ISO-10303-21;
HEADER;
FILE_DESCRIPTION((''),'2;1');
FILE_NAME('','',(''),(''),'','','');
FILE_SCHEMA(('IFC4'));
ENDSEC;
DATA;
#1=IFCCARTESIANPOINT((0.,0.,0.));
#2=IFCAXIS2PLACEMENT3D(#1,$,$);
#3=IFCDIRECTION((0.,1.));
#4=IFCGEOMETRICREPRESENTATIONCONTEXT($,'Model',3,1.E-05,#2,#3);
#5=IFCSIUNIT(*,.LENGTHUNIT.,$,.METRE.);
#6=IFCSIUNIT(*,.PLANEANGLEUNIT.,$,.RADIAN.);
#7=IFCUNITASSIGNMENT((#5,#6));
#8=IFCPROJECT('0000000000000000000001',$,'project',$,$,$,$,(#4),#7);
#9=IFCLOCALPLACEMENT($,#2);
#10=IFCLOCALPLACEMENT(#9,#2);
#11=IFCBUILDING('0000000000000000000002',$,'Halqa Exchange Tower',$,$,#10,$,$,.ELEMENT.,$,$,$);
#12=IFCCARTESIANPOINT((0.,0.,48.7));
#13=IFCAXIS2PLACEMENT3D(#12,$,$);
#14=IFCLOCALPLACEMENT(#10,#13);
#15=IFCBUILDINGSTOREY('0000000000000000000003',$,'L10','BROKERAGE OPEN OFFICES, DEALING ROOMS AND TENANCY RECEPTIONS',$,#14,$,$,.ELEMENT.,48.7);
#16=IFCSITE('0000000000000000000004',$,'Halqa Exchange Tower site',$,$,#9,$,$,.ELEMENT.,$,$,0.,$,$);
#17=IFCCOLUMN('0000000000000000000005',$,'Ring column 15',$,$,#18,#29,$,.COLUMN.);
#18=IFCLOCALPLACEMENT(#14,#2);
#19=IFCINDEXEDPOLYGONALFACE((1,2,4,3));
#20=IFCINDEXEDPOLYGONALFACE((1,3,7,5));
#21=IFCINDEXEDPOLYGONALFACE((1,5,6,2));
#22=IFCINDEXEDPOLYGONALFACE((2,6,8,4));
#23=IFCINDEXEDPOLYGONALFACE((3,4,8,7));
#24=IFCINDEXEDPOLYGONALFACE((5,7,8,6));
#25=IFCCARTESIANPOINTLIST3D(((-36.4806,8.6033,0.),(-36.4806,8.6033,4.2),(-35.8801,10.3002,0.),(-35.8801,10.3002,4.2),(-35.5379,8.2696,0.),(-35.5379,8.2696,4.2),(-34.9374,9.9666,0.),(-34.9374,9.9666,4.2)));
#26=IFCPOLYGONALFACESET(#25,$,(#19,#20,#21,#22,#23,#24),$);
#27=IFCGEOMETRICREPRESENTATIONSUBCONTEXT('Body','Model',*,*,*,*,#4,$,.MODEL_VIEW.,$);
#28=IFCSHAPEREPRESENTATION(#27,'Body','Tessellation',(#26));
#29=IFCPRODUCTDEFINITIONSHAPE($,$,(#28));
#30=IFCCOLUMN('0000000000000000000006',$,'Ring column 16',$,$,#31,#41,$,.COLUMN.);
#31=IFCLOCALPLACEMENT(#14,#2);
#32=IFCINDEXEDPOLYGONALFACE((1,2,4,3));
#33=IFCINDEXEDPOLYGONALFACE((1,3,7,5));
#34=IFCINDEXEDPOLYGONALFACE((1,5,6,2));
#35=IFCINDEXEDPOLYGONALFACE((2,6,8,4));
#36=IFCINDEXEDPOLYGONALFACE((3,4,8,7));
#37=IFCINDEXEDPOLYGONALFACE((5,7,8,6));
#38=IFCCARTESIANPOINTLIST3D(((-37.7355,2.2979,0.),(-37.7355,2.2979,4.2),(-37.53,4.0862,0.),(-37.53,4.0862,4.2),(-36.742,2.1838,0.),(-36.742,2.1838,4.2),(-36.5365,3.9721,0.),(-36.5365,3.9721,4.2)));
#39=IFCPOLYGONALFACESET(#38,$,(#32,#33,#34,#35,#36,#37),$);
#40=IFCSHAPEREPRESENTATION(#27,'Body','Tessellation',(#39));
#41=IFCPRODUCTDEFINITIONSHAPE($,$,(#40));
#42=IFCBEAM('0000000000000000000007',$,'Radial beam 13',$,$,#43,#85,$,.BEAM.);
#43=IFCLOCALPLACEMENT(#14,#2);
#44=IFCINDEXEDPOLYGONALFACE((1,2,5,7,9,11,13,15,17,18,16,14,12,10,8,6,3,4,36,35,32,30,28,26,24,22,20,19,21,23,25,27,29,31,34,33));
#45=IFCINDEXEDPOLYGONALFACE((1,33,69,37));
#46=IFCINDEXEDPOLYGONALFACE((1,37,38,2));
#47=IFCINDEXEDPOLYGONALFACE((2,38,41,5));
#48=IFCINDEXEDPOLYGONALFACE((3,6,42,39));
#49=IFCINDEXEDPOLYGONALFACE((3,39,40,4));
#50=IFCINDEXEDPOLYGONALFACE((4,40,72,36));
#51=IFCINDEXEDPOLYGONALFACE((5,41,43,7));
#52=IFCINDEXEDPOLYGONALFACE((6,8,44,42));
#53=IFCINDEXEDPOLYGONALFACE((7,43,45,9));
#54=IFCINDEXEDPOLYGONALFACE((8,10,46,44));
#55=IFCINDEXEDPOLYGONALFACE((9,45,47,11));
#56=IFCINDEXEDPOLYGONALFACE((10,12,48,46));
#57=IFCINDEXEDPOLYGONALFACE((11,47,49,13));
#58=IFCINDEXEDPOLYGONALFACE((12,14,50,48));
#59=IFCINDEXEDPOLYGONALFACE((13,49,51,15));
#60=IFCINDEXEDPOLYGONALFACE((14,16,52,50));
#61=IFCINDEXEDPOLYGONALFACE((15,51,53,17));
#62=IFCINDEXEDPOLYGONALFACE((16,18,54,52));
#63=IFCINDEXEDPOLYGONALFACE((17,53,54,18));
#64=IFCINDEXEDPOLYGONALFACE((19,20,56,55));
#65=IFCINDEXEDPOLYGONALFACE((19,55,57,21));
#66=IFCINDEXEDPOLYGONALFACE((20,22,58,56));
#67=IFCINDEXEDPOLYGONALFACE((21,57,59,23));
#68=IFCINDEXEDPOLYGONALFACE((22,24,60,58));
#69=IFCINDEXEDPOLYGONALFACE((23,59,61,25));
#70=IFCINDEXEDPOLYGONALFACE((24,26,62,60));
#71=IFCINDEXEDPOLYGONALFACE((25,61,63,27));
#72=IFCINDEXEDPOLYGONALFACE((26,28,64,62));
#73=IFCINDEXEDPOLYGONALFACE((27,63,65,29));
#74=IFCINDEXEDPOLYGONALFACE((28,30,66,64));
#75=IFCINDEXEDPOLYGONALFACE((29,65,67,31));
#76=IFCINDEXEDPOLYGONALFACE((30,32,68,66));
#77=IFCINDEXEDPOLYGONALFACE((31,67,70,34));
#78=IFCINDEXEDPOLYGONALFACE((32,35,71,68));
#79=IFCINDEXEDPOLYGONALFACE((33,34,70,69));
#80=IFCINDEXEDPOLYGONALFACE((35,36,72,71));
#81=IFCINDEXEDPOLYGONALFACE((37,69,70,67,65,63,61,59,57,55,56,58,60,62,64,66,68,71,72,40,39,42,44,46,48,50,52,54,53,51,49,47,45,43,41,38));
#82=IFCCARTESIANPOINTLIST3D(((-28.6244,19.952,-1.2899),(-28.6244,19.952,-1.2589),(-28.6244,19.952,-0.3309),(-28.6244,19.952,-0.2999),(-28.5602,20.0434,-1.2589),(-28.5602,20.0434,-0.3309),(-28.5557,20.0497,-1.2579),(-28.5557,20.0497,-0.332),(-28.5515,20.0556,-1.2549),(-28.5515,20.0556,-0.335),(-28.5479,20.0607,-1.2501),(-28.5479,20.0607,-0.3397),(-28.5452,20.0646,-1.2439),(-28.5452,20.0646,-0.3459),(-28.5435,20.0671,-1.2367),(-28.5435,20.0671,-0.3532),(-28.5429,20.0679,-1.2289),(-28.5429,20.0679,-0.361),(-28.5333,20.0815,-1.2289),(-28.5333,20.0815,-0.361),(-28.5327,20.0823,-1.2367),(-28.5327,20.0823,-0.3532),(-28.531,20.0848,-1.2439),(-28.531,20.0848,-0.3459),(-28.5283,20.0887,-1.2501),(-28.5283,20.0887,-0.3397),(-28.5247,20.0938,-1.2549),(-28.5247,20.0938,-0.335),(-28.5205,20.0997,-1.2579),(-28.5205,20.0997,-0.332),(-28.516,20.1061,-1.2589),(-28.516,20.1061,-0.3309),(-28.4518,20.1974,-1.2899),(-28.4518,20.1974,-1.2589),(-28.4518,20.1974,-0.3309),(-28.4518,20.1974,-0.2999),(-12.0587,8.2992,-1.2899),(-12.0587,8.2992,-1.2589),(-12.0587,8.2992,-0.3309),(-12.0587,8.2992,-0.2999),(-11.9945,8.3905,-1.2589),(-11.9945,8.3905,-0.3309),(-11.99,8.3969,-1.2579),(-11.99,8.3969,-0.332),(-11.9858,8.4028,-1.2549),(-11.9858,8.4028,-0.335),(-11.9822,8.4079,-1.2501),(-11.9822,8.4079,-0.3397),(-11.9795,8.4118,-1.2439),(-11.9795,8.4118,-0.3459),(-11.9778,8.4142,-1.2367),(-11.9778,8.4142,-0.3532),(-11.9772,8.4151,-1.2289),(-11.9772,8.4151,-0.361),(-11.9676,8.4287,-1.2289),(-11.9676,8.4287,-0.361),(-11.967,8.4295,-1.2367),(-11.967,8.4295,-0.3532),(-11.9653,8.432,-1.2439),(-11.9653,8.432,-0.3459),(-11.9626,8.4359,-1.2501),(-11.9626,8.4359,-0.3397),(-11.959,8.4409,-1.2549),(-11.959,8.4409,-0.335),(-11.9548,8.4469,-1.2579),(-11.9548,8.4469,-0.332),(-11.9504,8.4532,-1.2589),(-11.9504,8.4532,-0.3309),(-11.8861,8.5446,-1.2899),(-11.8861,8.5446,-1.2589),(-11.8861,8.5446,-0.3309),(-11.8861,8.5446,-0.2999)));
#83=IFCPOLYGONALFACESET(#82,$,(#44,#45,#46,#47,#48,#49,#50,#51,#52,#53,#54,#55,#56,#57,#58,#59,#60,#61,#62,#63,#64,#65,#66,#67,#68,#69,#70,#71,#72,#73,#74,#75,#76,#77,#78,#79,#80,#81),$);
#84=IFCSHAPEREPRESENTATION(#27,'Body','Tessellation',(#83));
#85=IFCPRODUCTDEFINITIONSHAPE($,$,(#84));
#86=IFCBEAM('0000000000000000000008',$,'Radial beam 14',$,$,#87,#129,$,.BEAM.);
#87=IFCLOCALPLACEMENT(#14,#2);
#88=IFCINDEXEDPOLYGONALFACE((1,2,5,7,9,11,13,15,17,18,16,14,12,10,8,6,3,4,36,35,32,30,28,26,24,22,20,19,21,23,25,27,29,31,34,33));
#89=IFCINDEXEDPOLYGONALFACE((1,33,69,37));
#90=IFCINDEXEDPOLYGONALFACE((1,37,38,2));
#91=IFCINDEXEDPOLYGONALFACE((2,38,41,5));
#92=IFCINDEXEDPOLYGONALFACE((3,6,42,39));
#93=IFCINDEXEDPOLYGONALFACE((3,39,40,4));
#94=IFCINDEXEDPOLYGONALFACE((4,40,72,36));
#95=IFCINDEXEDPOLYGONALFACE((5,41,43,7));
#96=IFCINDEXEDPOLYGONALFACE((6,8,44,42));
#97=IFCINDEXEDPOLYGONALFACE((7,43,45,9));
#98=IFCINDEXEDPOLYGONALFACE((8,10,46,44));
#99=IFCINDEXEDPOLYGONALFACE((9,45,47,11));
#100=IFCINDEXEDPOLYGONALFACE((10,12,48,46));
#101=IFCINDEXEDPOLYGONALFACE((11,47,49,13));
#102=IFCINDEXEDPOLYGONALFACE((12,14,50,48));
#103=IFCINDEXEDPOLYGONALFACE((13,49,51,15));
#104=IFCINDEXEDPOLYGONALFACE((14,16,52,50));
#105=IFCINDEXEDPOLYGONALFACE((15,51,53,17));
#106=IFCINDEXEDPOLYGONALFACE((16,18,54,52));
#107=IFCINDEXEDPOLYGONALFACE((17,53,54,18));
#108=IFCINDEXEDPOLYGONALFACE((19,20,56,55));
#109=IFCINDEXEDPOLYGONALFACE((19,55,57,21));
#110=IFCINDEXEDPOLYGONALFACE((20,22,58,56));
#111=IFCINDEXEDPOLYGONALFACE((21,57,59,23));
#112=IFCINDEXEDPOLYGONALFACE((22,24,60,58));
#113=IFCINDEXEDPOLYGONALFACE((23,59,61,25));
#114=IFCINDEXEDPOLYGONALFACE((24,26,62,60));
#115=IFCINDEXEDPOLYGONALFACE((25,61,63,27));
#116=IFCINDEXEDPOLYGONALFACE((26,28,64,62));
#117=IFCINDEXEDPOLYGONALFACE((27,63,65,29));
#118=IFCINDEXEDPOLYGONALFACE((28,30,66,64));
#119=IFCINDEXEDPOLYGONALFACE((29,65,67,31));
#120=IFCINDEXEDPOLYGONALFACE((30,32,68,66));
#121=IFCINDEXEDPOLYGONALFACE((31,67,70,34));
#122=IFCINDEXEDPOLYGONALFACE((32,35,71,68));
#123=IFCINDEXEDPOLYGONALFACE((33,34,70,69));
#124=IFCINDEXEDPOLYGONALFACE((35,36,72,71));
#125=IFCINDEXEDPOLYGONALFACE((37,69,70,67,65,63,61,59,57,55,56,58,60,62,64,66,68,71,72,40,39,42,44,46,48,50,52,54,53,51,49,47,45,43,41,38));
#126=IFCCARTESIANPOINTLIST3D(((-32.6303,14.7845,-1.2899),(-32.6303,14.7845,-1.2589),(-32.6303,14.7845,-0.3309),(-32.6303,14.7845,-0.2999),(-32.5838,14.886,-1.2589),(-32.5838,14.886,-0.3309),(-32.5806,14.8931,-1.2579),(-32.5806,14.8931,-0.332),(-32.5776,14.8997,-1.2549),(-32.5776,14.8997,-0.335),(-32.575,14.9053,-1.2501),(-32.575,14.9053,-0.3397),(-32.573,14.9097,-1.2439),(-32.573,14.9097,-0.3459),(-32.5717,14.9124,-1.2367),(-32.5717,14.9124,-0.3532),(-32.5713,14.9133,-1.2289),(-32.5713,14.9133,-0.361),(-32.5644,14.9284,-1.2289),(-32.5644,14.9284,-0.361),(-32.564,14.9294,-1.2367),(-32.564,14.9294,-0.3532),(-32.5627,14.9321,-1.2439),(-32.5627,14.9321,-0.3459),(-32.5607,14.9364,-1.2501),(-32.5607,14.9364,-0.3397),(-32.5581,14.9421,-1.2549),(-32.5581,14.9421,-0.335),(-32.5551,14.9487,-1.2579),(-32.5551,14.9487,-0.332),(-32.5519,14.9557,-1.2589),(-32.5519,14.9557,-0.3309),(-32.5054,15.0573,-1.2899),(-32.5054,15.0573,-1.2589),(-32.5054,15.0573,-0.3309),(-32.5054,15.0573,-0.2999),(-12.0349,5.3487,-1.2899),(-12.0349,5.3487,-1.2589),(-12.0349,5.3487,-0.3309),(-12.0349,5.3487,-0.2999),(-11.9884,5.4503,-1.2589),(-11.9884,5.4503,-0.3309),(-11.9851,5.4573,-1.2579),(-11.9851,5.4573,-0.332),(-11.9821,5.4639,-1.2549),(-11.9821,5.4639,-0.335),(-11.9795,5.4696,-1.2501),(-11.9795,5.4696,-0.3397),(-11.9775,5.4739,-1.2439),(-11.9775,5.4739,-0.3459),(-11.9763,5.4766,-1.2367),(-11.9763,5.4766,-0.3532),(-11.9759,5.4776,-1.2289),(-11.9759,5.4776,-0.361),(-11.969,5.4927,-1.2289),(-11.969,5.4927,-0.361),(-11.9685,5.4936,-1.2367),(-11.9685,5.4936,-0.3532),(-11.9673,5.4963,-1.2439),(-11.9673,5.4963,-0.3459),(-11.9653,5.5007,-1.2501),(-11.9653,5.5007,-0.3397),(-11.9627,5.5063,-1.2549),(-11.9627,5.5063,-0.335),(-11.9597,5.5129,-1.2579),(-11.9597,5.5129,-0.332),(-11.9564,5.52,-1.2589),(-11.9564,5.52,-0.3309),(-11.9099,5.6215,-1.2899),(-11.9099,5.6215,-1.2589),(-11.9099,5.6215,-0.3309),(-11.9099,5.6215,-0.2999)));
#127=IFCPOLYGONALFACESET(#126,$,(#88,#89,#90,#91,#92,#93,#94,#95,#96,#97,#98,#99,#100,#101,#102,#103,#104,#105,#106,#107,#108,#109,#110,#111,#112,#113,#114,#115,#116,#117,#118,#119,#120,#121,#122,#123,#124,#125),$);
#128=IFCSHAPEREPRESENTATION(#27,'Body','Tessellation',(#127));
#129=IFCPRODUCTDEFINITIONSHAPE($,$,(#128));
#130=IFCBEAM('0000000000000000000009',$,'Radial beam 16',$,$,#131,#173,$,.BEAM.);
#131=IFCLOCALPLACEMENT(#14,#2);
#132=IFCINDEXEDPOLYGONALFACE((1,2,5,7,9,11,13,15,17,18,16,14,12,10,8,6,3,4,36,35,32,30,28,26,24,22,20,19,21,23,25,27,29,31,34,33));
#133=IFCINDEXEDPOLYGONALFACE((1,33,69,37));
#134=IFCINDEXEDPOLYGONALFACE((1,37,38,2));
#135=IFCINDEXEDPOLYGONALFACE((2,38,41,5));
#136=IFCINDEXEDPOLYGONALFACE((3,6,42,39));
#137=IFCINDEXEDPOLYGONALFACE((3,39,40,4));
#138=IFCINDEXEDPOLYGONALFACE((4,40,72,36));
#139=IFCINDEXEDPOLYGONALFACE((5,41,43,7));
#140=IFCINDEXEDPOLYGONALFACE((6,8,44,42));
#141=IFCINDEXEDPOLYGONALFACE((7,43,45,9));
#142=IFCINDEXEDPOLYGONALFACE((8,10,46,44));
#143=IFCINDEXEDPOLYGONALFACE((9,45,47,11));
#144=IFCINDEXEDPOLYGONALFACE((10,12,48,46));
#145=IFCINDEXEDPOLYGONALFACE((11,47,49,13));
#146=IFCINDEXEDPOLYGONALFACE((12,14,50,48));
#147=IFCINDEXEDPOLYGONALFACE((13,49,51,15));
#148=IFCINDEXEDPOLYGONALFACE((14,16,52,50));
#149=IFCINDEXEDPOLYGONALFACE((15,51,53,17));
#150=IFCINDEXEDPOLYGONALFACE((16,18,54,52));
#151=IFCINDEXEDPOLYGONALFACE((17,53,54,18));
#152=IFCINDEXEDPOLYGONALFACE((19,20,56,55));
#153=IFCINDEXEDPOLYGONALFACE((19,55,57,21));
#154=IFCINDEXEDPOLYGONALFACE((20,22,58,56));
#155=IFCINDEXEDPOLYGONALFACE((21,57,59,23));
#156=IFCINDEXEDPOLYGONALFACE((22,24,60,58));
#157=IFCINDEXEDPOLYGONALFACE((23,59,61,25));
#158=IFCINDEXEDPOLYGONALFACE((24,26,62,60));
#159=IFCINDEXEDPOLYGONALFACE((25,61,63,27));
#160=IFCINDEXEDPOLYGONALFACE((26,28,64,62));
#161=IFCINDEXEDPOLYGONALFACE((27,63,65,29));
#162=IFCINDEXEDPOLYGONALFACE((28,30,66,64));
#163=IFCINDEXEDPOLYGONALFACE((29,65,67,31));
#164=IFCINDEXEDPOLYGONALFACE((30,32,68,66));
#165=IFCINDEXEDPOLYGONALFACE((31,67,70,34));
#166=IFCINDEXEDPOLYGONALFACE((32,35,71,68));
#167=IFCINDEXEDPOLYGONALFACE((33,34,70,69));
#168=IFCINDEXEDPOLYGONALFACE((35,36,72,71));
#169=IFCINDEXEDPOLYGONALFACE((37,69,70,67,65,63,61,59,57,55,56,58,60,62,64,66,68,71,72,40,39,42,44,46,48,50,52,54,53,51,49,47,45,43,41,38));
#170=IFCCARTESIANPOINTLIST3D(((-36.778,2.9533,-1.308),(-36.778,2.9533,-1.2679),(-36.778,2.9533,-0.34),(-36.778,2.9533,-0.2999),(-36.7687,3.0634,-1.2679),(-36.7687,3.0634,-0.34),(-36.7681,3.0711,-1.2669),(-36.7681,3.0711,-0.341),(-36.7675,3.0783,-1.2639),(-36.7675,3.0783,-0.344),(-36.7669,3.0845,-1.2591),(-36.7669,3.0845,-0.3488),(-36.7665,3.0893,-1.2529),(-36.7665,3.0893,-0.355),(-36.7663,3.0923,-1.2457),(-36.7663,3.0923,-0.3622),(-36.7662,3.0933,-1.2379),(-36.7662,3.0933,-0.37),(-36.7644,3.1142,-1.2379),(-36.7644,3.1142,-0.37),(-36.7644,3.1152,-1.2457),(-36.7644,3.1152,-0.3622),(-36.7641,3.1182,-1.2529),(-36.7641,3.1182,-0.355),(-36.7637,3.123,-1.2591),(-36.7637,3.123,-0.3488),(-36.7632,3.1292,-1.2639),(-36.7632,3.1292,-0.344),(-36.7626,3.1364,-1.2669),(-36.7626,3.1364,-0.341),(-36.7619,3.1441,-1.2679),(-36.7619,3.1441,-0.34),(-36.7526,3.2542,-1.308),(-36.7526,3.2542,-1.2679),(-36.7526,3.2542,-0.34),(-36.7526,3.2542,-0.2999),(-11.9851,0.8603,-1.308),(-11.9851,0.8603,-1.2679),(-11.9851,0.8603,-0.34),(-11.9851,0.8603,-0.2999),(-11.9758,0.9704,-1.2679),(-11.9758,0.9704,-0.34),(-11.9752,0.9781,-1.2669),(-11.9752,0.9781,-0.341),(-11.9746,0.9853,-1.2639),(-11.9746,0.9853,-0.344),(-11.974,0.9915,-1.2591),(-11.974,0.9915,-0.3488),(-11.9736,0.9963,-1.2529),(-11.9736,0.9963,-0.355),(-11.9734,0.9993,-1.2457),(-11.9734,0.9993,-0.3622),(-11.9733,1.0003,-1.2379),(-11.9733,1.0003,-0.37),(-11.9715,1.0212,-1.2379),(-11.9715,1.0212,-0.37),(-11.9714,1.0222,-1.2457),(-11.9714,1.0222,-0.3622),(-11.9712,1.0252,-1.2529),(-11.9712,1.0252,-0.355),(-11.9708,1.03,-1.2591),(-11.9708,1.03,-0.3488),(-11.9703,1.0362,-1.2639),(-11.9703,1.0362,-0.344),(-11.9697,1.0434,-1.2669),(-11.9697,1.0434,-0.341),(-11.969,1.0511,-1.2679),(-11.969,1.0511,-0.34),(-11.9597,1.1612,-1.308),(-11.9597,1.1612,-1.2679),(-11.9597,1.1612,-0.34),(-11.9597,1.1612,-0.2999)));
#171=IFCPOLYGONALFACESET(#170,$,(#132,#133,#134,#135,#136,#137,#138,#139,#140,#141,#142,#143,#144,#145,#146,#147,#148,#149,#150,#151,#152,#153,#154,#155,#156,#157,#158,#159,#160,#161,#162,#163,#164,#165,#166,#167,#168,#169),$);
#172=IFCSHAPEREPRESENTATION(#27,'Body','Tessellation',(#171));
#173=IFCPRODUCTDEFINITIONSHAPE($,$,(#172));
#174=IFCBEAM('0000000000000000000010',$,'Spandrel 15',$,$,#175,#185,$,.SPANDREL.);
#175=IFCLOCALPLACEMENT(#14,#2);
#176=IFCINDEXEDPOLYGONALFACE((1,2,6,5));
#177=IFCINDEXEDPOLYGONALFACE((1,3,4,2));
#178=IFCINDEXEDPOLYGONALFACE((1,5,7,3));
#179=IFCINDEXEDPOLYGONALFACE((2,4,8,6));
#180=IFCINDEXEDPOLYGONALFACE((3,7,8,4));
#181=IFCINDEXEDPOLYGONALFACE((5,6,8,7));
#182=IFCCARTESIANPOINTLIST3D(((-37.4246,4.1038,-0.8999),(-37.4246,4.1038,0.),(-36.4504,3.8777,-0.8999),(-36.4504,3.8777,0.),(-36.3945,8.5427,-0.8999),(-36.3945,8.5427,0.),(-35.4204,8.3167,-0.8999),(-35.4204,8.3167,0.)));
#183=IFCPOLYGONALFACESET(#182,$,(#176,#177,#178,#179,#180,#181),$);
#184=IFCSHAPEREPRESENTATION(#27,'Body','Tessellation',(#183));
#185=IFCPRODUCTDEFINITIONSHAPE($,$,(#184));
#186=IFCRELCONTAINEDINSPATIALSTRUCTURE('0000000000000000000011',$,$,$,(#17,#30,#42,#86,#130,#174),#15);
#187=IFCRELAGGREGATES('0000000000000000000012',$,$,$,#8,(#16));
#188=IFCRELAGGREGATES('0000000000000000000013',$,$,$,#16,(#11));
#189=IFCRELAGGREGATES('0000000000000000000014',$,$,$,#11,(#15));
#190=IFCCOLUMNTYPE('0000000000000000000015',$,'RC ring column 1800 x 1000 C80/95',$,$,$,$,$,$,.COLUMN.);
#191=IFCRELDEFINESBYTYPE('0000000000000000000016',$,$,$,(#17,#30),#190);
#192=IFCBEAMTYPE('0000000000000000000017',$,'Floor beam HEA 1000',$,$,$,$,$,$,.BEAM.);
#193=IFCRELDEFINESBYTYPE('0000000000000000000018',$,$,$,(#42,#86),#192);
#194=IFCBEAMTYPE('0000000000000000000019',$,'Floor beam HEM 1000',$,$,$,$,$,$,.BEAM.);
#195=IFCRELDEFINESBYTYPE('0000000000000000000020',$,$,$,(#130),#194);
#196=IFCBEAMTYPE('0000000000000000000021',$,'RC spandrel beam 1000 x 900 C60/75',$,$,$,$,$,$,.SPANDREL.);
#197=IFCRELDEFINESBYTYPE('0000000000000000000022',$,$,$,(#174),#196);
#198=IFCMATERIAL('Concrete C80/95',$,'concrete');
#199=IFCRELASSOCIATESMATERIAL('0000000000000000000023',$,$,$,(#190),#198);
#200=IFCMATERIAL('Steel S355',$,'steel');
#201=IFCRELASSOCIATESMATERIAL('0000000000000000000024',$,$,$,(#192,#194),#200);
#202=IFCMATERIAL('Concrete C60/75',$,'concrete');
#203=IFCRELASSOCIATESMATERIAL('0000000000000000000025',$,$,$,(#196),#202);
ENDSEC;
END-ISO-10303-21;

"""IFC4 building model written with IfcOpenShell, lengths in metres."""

from ifc_helpers import new_model, si_unit, direction, frame, origin, origin_2d, place, context, subcontext, project, spatial, rectangle, i_section, extrude, material, material_profile, profile_set, type_object, element, save


model = new_model("IFC4")

# Units and contexts
model_context = context("Model", 3, precision=1e-05, world=origin(), true_north=direction((0.0, 1.0)))
body_context = subcontext(model_context, "Body", "Model", "MODEL_VIEW")
ifc_project = project(units=[si_unit("LENGTHUNIT", "METRE"), si_unit("PLANEANGLEUNIT", "RADIAN")], contexts=[model_context])

# Site, building, storey
site_placement = place(None, origin())
site = spatial("IfcSite", under=ifc_project, at=site_placement, Name="Halqa Exchange Tower site", CompositionType="ELEMENT", RefElevation=0.0)
building_placement = place(site_placement, origin())
building = spatial("IfcBuilding", under=site, at=building_placement, Name="Halqa Exchange Tower", CompositionType="ELEMENT")
storey_placement = place(building_placement, frame((0.0, 0.0, 48.7)))
storey = spatial("IfcBuildingStorey", under=building, at=storey_placement, Name="L10", Description="BROKERAGE OPEN OFFICES, DEALING ROOMS AND TENANCY RECEPTIONS", CompositionType="ELEMENT", Elevation=48.7)

# Columns
ifc_material_1 = material(Name="Concrete C80/95", Category="concrete")
ifc_material_profile_1 = material_profile(ifc_material_1, rectangle(XDim=1.8, YDim=1.0, at=origin_2d()), Name="1800 x 1000")
ifc_profile_set_1 = profile_set([ifc_material_profile_1], Name="Concrete C80/95")
column_type = type_object("IfcColumnType", Name="RC ring column 1800 x 1000 C80/95", PredefinedType="COLUMN", material=ifc_profile_set_1)
for number, where, z_axis, x_axis, name in (
    (1, (-35.709, 9.2849, 0.0), (0.0, 0.0, 1.0), (-0.333628, -0.942705, 0.0), "Ring column 15"),
    (2, (-37.136, 3.135, 0.0), (0.0, 0.0, 1.0), (-0.114153, -0.993463, 0.0), "Ring column 16"),
):
    element("IfcColumn", number, at=place(storey_placement, frame(where, z_axis=z_axis, x_axis=x_axis)), inside=storey, type_object=column_type, Name=name, PredefinedType="COLUMN", context=body_context, shape_type="SweptSolid", body=[
        extrude(rectangle(XDim=1.8, YDim=1.0, at=origin_2d()), origin(), (0.0, 0.0, 1.0), 4.2),
    ])

# Beams
ifc_material_2 = material(Name="Steel S355", Category="steel")
ifc_material_profile_2 = material_profile(ifc_material_2, i_section(OverallWidth=0.3, OverallDepth=0.99, WebThickness=0.0166, FlangeThickness=0.031, FilletRadius=0.03, at=origin_2d()), Name="HEA 1000")
ifc_profile_set_2 = profile_set([ifc_material_profile_2], Name="Steel S355")
beam_type_1 = type_object("IfcBeamType", Name="Floor beam HEA 1000", PredefinedType="BEAM", material=ifc_profile_set_2)
beam_1_placement = place(storey_placement, frame((-11.9724, 8.4219, -0.7949), z_axis=(-0.817911, 0.575345, 0.0), x_axis=(-0.575345, -0.817911, 0.0)))
element("IfcBeam", 3, at=beam_1_placement, inside=storey, type_object=beam_type_1, Name="Radial beam 13", PredefinedType="BEAM", context=body_context, shape_type="SweptSolid", body=[
    extrude(i_section(OverallWidth=0.3, OverallDepth=0.99, WebThickness=0.0166, FlangeThickness=0.031, FilletRadius=0.03, at=origin_2d()), origin(), (0.0, 0.0, 1.0), 20.2537),
])
beam_2_placement = place(storey_placement, frame((-11.9724, 5.4851, -0.7949), z_axis=(-0.909128, 0.416516, 0.0), x_axis=(-0.416516, -0.909128, 0.0)))
element("IfcBeam", 4, at=beam_2_placement, inside=storey, type_object=beam_type_1, Name="Radial beam 14", PredefinedType="BEAM", context=body_context, shape_type="SweptSolid", body=[
    extrude(i_section(OverallWidth=0.3, OverallDepth=0.99, WebThickness=0.0166, FlangeThickness=0.031, FilletRadius=0.03, at=origin_2d()), origin(), (0.0, 0.0, 1.0), 22.6541),
])
ifc_material_profile_3 = material_profile(ifc_material_2, i_section(OverallWidth=0.302, OverallDepth=1.0081, WebThickness=0.021, FlangeThickness=0.04, FilletRadius=0.03, at=origin_2d()), Name="HEM 1000")
ifc_profile_set_3 = profile_set([ifc_material_profile_3], Name="Steel S355")
beam_type_2 = type_object("IfcBeamType", Name="Floor beam HEM 1000", PredefinedType="BEAM", material=ifc_profile_set_3)
beam_3_placement = place(storey_placement, frame((-11.9724, 1.0107, -0.804), z_axis=(-0.996456, 0.084121, 0.0), x_axis=(-0.084121, -0.996456, 0.0)))
element("IfcBeam", 5, at=beam_3_placement, inside=storey, type_object=beam_type_2, Name="Radial beam 16", PredefinedType="BEAM", context=body_context, shape_type="SweptSolid", body=[
    extrude(i_section(OverallWidth=0.302, OverallDepth=1.0081, WebThickness=0.021, FlangeThickness=0.04, FilletRadius=0.03, at=origin_2d()), origin(), (0.0, 0.0, 1.0), 24.8811),
])
ifc_material_3 = material(Name="Concrete C60/75", Category="concrete")
ifc_material_profile_4 = material_profile(ifc_material_3, rectangle(XDim=1.0, YDim=0.8999, at=origin_2d()), Name="1000 x 900")
ifc_profile_set_4 = profile_set([ifc_material_profile_4], Name="Concrete C60/75")
beam_type_3 = type_object("IfcBeamType", Name="RC spandrel beam 1000 x 900 C60/75", PredefinedType="SPANDREL", material=ifc_profile_set_4)
beam_4_placement = place(storey_placement, frame((-35.9075, 8.4297, -0.45), z_axis=(-0.226037, -0.974119, 0.0), x_axis=(0.974119, -0.226037, 0.0)))
element("IfcBeam", 6, at=beam_4_placement, inside=storey, type_object=beam_type_3, Name="Spandrel 15", PredefinedType="SPANDREL", context=body_context, shape_type="SweptSolid", body=[
    extrude(rectangle(XDim=1.0, YDim=0.8999, at=origin_2d()), origin(), (0.0, 0.0, 1.0), 4.5569),
])

save(model, "model.ifc")
